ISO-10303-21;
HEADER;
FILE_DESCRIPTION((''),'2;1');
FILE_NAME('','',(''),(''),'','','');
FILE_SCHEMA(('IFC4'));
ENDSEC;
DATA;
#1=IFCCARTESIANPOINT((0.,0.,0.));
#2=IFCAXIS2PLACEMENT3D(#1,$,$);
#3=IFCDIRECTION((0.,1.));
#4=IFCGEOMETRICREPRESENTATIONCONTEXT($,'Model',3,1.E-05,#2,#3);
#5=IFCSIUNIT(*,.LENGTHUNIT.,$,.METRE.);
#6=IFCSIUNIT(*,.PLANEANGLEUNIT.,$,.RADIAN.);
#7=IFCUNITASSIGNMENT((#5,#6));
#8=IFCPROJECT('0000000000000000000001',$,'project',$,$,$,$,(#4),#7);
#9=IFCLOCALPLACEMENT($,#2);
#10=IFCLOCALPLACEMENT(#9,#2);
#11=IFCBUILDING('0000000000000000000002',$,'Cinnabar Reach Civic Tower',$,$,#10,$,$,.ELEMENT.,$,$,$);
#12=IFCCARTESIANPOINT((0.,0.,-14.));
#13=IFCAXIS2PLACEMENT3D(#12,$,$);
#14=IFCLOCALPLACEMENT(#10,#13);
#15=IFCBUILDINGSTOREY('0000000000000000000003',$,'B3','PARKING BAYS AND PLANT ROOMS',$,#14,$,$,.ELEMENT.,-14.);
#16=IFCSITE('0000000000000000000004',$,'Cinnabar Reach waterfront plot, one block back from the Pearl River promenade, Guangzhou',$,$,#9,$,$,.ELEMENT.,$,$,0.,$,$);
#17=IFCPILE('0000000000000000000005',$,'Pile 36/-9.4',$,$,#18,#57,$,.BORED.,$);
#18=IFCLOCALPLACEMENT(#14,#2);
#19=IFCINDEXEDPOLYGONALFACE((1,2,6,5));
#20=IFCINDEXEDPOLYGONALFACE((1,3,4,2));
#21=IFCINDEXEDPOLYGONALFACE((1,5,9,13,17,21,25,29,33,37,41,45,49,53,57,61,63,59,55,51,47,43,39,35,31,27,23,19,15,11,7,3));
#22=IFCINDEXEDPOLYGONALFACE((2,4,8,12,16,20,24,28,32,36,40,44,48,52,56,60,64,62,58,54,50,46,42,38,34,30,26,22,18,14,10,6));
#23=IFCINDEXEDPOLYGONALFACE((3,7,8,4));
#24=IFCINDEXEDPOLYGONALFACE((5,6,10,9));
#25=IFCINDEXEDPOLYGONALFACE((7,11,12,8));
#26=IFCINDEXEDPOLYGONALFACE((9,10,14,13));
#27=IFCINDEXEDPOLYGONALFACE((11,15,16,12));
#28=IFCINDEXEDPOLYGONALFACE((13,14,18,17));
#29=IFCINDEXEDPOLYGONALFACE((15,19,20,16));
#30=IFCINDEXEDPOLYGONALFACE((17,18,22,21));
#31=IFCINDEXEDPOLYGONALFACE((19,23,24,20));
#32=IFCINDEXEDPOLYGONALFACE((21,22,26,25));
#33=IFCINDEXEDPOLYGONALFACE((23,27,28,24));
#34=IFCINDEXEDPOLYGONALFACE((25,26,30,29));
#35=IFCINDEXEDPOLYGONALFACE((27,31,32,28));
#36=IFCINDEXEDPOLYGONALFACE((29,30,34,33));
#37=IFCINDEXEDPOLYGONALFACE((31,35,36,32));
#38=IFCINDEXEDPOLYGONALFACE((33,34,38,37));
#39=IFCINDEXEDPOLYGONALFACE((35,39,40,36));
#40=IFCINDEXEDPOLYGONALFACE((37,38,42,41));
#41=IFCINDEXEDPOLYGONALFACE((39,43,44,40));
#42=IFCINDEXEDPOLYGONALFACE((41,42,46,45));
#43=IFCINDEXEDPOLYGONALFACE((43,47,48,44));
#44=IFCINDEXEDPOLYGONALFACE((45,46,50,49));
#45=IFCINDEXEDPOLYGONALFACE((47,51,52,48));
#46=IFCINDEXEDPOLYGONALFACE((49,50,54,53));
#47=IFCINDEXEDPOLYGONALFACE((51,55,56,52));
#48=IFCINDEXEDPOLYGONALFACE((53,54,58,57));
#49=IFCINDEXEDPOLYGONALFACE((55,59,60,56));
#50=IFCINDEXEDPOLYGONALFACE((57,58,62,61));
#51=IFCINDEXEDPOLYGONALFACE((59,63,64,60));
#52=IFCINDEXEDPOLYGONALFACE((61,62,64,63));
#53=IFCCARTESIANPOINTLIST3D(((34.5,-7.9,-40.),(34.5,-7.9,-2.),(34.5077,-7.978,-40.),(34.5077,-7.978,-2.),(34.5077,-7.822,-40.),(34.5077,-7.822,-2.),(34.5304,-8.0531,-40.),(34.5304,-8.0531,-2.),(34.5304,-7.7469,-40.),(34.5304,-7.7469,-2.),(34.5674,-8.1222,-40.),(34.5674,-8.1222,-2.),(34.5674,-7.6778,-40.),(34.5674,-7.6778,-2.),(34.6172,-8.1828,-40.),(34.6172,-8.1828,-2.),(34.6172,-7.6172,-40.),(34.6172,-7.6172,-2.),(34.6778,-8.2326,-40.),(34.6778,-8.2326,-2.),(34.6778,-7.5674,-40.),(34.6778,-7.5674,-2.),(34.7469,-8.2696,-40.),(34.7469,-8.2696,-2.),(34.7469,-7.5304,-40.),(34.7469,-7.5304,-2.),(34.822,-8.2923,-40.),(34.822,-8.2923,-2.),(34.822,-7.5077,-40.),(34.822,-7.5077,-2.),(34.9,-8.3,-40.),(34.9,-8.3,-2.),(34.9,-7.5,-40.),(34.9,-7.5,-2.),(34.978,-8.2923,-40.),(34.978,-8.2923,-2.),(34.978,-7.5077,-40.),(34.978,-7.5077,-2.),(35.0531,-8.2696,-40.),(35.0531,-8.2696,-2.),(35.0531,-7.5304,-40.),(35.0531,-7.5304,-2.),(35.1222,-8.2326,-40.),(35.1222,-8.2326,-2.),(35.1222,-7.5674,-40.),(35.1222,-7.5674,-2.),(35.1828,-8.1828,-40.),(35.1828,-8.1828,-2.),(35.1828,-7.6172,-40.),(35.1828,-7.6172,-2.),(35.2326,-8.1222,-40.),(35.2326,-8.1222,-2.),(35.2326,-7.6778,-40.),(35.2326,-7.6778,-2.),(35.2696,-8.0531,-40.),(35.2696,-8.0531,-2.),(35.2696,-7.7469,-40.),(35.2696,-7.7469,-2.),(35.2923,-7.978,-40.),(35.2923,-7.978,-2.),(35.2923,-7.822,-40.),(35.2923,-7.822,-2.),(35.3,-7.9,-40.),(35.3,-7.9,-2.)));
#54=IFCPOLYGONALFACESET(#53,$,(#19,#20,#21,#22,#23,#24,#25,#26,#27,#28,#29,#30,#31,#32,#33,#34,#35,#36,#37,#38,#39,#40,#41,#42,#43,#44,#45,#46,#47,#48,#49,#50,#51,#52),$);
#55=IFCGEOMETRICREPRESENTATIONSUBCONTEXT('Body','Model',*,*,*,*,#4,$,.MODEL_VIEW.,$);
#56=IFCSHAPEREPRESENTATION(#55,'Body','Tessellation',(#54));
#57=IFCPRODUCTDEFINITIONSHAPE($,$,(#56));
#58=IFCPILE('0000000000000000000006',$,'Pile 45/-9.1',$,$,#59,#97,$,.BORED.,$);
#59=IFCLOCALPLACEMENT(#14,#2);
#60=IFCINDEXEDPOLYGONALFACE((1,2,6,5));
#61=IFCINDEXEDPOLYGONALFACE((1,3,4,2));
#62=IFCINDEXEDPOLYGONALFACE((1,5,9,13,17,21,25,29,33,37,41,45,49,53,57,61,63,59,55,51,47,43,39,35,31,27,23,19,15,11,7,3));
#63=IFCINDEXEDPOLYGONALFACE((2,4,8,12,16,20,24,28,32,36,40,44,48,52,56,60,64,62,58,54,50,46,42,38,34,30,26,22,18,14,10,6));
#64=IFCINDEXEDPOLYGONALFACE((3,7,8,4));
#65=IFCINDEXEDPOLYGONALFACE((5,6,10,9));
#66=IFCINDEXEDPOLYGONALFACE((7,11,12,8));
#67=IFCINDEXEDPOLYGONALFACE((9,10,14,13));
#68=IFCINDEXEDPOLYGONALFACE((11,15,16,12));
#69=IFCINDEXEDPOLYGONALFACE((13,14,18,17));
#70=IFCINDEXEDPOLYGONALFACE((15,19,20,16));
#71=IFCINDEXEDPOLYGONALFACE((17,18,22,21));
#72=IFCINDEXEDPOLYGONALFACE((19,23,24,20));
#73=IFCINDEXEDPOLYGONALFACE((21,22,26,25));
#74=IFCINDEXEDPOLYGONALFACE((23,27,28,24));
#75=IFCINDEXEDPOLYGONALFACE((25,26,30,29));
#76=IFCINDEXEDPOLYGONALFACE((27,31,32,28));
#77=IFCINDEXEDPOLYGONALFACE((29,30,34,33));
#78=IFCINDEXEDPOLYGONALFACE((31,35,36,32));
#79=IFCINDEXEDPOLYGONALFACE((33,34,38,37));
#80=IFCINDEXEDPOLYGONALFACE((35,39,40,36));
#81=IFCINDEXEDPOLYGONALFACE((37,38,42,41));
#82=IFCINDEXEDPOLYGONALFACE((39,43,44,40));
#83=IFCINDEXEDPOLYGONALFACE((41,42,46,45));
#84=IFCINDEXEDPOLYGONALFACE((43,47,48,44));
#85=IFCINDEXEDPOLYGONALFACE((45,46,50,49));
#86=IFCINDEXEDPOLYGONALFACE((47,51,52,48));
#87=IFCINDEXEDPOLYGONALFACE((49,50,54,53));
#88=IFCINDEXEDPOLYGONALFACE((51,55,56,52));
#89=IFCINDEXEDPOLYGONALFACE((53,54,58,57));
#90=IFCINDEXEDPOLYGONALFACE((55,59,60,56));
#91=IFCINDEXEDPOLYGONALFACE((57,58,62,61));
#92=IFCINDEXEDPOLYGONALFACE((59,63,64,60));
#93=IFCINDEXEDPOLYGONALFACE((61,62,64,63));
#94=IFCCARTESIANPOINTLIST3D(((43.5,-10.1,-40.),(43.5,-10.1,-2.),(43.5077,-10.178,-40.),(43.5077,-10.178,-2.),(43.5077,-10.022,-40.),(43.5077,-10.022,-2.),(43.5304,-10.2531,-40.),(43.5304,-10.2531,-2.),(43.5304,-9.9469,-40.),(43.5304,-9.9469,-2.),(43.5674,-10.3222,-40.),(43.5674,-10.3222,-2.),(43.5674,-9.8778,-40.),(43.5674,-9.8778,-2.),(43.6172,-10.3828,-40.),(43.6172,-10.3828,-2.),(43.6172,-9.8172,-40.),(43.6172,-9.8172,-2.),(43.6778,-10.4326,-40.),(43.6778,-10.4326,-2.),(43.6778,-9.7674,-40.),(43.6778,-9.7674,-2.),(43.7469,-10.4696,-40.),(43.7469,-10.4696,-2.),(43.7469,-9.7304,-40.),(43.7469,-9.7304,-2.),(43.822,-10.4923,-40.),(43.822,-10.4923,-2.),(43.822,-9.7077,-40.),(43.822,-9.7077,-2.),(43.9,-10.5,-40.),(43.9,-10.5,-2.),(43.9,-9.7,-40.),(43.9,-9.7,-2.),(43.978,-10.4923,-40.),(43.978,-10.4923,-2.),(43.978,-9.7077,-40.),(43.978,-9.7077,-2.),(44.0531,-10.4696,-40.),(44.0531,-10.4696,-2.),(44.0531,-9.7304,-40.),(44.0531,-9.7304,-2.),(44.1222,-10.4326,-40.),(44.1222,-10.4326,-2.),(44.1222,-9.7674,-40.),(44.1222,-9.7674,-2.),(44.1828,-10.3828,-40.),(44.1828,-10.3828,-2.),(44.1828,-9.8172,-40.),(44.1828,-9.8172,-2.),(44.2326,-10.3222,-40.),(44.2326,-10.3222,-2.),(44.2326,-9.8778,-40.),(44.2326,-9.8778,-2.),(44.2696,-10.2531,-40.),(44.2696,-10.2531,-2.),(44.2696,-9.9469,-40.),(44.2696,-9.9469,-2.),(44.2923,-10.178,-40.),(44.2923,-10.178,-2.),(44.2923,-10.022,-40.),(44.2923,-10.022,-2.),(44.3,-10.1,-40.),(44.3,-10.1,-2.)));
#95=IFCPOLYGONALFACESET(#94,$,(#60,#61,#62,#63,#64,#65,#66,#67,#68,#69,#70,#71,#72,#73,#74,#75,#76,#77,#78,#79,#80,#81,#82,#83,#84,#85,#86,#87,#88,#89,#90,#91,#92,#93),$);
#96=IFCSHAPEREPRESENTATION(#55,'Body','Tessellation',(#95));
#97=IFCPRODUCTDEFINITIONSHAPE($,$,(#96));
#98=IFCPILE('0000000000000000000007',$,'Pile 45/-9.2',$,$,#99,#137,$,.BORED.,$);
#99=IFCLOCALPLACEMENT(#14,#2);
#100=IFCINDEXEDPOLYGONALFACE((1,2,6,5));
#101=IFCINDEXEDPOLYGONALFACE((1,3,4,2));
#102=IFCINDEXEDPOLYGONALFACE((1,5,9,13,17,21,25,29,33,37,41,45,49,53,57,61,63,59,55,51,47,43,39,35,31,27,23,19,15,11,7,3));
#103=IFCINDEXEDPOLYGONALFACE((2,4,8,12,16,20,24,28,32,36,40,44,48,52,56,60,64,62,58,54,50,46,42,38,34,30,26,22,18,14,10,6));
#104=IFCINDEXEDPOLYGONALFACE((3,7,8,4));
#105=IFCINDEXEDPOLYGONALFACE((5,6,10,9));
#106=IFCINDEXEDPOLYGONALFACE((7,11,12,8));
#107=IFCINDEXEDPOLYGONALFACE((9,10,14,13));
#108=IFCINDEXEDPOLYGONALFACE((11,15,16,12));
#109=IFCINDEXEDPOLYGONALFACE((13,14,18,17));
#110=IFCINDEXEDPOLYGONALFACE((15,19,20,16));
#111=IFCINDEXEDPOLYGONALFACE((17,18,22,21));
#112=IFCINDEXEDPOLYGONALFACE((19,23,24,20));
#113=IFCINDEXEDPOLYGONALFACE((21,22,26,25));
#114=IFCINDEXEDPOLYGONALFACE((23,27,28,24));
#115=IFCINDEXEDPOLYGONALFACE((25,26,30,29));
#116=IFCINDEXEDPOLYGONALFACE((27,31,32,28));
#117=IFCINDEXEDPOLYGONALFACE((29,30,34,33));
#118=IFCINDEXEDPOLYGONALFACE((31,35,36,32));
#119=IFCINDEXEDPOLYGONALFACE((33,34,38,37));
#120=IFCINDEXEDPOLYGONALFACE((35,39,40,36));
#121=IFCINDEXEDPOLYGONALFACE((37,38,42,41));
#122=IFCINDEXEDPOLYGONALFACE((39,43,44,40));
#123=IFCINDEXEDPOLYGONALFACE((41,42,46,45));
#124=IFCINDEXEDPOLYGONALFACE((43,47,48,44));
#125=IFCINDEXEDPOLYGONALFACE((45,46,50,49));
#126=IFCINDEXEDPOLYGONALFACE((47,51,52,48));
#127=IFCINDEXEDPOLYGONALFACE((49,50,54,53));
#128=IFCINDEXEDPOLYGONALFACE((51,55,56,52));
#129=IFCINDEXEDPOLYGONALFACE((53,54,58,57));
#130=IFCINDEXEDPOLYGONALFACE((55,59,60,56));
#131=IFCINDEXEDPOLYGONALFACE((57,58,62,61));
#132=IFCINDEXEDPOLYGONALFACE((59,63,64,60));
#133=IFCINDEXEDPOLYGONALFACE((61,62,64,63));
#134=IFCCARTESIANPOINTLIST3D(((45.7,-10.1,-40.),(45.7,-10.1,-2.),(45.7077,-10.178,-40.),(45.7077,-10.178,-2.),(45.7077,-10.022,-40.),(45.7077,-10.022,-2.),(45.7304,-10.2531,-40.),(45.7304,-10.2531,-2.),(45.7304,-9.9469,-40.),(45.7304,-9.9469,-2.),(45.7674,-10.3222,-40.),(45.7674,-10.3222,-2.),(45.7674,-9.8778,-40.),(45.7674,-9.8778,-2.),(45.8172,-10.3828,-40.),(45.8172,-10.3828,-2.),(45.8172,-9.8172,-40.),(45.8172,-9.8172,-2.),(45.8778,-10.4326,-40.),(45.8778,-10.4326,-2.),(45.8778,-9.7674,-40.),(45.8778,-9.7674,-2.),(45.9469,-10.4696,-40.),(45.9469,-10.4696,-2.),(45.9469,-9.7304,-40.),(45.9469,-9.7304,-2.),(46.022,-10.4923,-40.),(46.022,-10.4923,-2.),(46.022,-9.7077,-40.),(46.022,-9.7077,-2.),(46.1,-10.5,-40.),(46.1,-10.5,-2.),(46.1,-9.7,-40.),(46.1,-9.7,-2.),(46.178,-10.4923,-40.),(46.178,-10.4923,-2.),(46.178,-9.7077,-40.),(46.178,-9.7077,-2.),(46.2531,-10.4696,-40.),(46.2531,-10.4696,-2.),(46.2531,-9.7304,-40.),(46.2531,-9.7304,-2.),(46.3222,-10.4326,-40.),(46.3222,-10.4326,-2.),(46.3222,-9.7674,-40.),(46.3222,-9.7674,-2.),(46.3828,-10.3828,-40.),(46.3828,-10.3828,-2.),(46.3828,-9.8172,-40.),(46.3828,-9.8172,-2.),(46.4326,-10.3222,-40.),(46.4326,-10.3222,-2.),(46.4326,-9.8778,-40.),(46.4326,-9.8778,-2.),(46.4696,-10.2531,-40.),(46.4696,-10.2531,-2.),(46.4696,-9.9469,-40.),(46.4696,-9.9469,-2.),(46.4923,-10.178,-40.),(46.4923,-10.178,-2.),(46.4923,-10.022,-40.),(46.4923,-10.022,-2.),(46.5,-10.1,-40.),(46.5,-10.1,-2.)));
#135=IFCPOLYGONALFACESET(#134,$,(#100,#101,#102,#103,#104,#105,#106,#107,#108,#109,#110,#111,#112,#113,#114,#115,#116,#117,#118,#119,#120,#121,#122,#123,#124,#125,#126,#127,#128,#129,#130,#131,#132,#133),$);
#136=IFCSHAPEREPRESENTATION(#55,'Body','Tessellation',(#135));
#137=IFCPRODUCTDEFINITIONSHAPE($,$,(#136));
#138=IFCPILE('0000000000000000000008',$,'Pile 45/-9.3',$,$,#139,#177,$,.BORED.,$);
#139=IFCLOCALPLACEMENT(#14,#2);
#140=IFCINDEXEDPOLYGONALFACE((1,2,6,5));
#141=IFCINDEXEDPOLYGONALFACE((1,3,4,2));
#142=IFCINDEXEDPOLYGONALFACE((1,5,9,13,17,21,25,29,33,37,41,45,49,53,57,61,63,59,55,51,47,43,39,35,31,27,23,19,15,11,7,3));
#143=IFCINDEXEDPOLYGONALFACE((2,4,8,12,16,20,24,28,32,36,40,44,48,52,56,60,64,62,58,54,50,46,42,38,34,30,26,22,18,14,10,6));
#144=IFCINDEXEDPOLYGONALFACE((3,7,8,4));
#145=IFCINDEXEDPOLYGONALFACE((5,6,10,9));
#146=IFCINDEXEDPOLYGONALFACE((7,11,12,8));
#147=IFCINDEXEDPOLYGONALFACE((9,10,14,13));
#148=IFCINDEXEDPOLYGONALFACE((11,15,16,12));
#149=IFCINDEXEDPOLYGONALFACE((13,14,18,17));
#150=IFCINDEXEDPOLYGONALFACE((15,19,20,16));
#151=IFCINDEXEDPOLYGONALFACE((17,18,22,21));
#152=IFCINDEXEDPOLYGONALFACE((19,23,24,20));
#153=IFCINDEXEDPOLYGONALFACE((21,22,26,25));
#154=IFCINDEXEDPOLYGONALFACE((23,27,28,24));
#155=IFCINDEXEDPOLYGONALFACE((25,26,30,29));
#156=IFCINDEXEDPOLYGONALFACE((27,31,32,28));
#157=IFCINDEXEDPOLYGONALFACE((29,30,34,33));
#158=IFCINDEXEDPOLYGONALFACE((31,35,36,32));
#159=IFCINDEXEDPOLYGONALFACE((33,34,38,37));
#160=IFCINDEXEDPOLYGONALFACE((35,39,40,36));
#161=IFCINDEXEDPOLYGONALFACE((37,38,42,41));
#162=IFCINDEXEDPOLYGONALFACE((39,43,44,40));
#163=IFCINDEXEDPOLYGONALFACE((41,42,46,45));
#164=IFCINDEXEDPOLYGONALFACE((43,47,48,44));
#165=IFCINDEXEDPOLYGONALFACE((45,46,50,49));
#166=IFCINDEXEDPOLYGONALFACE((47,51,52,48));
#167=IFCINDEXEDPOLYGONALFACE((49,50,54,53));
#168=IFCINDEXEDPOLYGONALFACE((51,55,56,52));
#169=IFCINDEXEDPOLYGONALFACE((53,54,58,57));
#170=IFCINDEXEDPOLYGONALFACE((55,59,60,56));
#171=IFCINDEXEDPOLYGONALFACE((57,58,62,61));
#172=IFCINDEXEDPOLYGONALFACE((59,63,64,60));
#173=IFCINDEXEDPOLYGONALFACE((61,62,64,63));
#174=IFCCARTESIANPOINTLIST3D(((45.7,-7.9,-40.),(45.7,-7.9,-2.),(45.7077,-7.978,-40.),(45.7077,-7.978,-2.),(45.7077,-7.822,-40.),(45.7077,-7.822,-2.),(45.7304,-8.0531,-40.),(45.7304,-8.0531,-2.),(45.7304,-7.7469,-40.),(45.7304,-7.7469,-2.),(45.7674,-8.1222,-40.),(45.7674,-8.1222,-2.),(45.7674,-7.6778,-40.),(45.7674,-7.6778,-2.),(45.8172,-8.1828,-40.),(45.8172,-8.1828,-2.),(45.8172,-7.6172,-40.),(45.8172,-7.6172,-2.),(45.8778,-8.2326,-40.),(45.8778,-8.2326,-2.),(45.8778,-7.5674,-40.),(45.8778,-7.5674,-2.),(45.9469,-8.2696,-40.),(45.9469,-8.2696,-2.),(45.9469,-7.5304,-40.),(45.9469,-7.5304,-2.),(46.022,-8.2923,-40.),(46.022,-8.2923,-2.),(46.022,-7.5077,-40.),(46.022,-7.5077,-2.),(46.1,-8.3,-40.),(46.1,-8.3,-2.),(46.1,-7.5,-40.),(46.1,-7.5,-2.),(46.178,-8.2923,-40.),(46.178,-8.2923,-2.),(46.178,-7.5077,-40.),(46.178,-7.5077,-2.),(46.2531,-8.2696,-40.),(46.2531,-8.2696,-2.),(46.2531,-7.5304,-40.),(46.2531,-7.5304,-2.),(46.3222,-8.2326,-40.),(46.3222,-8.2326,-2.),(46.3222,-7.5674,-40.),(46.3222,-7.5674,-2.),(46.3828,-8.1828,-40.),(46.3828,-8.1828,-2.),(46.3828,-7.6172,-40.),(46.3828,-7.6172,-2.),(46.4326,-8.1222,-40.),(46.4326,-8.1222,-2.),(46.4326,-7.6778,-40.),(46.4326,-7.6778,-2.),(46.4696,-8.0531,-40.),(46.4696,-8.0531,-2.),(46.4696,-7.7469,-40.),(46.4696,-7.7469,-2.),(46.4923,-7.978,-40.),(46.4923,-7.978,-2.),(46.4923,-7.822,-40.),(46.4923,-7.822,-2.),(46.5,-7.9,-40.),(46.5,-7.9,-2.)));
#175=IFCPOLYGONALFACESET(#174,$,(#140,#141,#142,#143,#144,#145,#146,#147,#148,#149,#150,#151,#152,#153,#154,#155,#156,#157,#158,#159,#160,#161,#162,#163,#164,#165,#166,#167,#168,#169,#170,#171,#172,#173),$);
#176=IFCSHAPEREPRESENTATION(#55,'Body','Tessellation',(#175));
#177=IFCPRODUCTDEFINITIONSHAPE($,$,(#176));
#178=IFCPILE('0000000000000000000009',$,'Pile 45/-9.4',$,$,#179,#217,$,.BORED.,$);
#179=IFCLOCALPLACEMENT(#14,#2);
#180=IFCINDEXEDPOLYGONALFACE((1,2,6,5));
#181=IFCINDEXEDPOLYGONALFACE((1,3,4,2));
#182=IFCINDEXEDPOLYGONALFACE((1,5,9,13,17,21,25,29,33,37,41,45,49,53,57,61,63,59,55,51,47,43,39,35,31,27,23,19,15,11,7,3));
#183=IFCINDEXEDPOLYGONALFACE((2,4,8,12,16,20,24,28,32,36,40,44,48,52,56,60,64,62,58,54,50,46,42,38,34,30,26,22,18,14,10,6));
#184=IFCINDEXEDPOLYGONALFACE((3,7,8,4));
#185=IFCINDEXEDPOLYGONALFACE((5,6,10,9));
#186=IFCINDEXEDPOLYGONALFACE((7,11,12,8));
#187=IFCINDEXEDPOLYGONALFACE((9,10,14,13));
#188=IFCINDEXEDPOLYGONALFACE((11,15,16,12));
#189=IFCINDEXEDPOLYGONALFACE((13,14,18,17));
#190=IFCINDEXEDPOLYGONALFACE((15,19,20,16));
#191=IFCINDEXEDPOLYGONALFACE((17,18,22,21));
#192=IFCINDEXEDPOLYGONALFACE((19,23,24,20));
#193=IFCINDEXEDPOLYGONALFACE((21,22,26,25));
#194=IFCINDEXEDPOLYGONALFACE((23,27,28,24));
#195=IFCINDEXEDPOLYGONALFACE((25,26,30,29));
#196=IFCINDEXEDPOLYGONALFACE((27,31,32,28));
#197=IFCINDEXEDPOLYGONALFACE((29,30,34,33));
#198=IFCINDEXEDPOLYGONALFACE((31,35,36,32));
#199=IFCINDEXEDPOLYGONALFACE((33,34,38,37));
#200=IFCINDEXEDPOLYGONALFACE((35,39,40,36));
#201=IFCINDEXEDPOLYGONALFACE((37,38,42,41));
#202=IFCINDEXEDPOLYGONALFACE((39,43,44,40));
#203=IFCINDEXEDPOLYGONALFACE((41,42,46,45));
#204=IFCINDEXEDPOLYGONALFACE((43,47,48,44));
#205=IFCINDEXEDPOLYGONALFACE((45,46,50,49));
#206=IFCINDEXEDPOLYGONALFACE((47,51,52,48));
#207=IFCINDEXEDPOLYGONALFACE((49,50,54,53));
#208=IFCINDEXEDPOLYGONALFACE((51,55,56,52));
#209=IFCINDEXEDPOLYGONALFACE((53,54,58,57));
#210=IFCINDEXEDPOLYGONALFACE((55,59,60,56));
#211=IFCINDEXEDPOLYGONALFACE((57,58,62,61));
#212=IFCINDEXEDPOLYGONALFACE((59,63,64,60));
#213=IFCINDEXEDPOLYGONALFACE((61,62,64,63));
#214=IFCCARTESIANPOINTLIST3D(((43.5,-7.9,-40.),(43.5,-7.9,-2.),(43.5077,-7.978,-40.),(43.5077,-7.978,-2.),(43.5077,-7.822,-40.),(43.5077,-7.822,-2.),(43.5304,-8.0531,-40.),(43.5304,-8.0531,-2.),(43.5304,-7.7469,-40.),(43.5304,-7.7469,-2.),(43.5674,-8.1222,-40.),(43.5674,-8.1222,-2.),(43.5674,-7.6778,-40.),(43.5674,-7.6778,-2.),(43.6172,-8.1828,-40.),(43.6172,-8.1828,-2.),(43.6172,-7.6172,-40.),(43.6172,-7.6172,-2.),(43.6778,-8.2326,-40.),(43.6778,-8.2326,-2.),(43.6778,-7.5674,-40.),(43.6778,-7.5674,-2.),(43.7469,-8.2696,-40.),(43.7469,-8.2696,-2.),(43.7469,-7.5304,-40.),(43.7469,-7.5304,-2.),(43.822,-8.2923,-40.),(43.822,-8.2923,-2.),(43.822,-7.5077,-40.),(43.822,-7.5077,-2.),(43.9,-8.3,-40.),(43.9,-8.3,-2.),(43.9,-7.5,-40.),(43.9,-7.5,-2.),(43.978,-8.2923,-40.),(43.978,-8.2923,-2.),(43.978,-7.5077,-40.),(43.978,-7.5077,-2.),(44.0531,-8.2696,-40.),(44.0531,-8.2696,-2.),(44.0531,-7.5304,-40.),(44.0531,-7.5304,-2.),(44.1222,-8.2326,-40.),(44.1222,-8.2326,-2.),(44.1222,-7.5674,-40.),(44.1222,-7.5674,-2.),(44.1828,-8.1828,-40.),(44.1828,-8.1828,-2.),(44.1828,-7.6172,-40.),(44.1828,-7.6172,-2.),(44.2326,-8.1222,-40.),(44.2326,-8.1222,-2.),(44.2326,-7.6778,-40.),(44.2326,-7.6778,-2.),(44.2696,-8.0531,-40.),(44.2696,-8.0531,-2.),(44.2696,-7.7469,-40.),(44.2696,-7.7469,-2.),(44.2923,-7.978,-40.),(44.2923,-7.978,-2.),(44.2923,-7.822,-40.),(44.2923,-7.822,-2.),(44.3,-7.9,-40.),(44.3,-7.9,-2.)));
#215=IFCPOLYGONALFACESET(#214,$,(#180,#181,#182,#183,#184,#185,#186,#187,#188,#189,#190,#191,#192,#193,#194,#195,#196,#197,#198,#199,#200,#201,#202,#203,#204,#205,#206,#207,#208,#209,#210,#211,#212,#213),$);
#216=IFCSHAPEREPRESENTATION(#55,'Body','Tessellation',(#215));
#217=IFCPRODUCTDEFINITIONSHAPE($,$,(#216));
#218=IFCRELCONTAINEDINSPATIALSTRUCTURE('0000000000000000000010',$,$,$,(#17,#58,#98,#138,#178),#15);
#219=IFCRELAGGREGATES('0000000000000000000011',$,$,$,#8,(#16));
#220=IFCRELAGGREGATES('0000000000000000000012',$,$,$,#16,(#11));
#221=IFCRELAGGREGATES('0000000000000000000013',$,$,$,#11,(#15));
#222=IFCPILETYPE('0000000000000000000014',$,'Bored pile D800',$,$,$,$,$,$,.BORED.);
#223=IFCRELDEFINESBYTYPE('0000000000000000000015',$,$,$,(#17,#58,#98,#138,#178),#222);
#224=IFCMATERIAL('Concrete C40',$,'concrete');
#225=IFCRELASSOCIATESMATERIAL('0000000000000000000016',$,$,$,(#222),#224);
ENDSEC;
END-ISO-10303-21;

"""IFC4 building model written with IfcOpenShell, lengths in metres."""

from ifc_helpers import new_model, si_unit, direction, frame, origin, origin_2d, place, context, subcontext, project, spatial, circle, extrude, material, type_object, element, save


model = new_model("IFC4")

# Units and contexts
model_context = context("Model", 3, precision=1e-05, world=origin(), true_north=direction((0.0, 1.0)))
body_context = subcontext(model_context, "Body", "Model", "MODEL_VIEW")
ifc_project = project(units=[si_unit("LENGTHUNIT", "METRE"), si_unit("PLANEANGLEUNIT", "RADIAN")], contexts=[model_context])

# Site, building, storey
site_placement = place(None, origin())
site = spatial("IfcSite", under=ifc_project, at=site_placement, Name="Cinnabar Reach waterfront plot, one block back from the Pearl River promenade, Guangzhou", CompositionType="ELEMENT", RefElevation=0.0)
building_placement = place(site_placement, origin())
building = spatial("IfcBuilding", under=site, at=building_placement, Name="Cinnabar Reach Civic Tower", CompositionType="ELEMENT")
storey_placement = place(building_placement, frame((0.0, 0.0, -14.0)))
storey = spatial("IfcBuildingStorey", under=building, at=storey_placement, Name="B3", Description="PARKING BAYS AND PLANT ROOMS", CompositionType="ELEMENT", Elevation=-14.0)

# Piles
ifc_material_1 = material(Name="Concrete C40", Category="concrete")
pile_type_1 = type_object("IfcPileType", Name="Bored pile D800", PredefinedType="BORED", material=ifc_material_1)
for number, where, z_axis, x_axis, name in (
    (1, (34.9, -7.9, -2.0), (0.0, 0.0, -1.0), (1.0, 0.0, 0.0), "Pile 36/-9.4"),
    (2, (43.9, -10.1, -2.0), (0.0, 0.0, -1.0), (1.0, 0.0, 0.0), "Pile 45/-9.1"),
    (3, (46.1, -10.1, -2.0), (0.0, 0.0, -1.0), (1.0, 0.0, 0.0), "Pile 45/-9.2"),
    (4, (46.1, -7.9, -2.0), (0.0, 0.0, -1.0), (1.0, 0.0, 0.0), "Pile 45/-9.3"),
    (5, (43.9, -7.9, -2.0), (0.0, 0.0, -1.0), (1.0, 0.0, 0.0), "Pile 45/-9.4"),
):
    element("IfcPile", number, at=place(storey_placement, frame(where, z_axis=z_axis, x_axis=x_axis)), inside=storey, type_object=pile_type_1, Name=name, PredefinedType="BORED", context=body_context, shape_type="SweptSolid", body=[
        extrude(circle(Radius=0.4, at=origin_2d()), origin(), (0.0, 0.0, 1.0), 38.0),
    ])

save(model, "model.ifc")
